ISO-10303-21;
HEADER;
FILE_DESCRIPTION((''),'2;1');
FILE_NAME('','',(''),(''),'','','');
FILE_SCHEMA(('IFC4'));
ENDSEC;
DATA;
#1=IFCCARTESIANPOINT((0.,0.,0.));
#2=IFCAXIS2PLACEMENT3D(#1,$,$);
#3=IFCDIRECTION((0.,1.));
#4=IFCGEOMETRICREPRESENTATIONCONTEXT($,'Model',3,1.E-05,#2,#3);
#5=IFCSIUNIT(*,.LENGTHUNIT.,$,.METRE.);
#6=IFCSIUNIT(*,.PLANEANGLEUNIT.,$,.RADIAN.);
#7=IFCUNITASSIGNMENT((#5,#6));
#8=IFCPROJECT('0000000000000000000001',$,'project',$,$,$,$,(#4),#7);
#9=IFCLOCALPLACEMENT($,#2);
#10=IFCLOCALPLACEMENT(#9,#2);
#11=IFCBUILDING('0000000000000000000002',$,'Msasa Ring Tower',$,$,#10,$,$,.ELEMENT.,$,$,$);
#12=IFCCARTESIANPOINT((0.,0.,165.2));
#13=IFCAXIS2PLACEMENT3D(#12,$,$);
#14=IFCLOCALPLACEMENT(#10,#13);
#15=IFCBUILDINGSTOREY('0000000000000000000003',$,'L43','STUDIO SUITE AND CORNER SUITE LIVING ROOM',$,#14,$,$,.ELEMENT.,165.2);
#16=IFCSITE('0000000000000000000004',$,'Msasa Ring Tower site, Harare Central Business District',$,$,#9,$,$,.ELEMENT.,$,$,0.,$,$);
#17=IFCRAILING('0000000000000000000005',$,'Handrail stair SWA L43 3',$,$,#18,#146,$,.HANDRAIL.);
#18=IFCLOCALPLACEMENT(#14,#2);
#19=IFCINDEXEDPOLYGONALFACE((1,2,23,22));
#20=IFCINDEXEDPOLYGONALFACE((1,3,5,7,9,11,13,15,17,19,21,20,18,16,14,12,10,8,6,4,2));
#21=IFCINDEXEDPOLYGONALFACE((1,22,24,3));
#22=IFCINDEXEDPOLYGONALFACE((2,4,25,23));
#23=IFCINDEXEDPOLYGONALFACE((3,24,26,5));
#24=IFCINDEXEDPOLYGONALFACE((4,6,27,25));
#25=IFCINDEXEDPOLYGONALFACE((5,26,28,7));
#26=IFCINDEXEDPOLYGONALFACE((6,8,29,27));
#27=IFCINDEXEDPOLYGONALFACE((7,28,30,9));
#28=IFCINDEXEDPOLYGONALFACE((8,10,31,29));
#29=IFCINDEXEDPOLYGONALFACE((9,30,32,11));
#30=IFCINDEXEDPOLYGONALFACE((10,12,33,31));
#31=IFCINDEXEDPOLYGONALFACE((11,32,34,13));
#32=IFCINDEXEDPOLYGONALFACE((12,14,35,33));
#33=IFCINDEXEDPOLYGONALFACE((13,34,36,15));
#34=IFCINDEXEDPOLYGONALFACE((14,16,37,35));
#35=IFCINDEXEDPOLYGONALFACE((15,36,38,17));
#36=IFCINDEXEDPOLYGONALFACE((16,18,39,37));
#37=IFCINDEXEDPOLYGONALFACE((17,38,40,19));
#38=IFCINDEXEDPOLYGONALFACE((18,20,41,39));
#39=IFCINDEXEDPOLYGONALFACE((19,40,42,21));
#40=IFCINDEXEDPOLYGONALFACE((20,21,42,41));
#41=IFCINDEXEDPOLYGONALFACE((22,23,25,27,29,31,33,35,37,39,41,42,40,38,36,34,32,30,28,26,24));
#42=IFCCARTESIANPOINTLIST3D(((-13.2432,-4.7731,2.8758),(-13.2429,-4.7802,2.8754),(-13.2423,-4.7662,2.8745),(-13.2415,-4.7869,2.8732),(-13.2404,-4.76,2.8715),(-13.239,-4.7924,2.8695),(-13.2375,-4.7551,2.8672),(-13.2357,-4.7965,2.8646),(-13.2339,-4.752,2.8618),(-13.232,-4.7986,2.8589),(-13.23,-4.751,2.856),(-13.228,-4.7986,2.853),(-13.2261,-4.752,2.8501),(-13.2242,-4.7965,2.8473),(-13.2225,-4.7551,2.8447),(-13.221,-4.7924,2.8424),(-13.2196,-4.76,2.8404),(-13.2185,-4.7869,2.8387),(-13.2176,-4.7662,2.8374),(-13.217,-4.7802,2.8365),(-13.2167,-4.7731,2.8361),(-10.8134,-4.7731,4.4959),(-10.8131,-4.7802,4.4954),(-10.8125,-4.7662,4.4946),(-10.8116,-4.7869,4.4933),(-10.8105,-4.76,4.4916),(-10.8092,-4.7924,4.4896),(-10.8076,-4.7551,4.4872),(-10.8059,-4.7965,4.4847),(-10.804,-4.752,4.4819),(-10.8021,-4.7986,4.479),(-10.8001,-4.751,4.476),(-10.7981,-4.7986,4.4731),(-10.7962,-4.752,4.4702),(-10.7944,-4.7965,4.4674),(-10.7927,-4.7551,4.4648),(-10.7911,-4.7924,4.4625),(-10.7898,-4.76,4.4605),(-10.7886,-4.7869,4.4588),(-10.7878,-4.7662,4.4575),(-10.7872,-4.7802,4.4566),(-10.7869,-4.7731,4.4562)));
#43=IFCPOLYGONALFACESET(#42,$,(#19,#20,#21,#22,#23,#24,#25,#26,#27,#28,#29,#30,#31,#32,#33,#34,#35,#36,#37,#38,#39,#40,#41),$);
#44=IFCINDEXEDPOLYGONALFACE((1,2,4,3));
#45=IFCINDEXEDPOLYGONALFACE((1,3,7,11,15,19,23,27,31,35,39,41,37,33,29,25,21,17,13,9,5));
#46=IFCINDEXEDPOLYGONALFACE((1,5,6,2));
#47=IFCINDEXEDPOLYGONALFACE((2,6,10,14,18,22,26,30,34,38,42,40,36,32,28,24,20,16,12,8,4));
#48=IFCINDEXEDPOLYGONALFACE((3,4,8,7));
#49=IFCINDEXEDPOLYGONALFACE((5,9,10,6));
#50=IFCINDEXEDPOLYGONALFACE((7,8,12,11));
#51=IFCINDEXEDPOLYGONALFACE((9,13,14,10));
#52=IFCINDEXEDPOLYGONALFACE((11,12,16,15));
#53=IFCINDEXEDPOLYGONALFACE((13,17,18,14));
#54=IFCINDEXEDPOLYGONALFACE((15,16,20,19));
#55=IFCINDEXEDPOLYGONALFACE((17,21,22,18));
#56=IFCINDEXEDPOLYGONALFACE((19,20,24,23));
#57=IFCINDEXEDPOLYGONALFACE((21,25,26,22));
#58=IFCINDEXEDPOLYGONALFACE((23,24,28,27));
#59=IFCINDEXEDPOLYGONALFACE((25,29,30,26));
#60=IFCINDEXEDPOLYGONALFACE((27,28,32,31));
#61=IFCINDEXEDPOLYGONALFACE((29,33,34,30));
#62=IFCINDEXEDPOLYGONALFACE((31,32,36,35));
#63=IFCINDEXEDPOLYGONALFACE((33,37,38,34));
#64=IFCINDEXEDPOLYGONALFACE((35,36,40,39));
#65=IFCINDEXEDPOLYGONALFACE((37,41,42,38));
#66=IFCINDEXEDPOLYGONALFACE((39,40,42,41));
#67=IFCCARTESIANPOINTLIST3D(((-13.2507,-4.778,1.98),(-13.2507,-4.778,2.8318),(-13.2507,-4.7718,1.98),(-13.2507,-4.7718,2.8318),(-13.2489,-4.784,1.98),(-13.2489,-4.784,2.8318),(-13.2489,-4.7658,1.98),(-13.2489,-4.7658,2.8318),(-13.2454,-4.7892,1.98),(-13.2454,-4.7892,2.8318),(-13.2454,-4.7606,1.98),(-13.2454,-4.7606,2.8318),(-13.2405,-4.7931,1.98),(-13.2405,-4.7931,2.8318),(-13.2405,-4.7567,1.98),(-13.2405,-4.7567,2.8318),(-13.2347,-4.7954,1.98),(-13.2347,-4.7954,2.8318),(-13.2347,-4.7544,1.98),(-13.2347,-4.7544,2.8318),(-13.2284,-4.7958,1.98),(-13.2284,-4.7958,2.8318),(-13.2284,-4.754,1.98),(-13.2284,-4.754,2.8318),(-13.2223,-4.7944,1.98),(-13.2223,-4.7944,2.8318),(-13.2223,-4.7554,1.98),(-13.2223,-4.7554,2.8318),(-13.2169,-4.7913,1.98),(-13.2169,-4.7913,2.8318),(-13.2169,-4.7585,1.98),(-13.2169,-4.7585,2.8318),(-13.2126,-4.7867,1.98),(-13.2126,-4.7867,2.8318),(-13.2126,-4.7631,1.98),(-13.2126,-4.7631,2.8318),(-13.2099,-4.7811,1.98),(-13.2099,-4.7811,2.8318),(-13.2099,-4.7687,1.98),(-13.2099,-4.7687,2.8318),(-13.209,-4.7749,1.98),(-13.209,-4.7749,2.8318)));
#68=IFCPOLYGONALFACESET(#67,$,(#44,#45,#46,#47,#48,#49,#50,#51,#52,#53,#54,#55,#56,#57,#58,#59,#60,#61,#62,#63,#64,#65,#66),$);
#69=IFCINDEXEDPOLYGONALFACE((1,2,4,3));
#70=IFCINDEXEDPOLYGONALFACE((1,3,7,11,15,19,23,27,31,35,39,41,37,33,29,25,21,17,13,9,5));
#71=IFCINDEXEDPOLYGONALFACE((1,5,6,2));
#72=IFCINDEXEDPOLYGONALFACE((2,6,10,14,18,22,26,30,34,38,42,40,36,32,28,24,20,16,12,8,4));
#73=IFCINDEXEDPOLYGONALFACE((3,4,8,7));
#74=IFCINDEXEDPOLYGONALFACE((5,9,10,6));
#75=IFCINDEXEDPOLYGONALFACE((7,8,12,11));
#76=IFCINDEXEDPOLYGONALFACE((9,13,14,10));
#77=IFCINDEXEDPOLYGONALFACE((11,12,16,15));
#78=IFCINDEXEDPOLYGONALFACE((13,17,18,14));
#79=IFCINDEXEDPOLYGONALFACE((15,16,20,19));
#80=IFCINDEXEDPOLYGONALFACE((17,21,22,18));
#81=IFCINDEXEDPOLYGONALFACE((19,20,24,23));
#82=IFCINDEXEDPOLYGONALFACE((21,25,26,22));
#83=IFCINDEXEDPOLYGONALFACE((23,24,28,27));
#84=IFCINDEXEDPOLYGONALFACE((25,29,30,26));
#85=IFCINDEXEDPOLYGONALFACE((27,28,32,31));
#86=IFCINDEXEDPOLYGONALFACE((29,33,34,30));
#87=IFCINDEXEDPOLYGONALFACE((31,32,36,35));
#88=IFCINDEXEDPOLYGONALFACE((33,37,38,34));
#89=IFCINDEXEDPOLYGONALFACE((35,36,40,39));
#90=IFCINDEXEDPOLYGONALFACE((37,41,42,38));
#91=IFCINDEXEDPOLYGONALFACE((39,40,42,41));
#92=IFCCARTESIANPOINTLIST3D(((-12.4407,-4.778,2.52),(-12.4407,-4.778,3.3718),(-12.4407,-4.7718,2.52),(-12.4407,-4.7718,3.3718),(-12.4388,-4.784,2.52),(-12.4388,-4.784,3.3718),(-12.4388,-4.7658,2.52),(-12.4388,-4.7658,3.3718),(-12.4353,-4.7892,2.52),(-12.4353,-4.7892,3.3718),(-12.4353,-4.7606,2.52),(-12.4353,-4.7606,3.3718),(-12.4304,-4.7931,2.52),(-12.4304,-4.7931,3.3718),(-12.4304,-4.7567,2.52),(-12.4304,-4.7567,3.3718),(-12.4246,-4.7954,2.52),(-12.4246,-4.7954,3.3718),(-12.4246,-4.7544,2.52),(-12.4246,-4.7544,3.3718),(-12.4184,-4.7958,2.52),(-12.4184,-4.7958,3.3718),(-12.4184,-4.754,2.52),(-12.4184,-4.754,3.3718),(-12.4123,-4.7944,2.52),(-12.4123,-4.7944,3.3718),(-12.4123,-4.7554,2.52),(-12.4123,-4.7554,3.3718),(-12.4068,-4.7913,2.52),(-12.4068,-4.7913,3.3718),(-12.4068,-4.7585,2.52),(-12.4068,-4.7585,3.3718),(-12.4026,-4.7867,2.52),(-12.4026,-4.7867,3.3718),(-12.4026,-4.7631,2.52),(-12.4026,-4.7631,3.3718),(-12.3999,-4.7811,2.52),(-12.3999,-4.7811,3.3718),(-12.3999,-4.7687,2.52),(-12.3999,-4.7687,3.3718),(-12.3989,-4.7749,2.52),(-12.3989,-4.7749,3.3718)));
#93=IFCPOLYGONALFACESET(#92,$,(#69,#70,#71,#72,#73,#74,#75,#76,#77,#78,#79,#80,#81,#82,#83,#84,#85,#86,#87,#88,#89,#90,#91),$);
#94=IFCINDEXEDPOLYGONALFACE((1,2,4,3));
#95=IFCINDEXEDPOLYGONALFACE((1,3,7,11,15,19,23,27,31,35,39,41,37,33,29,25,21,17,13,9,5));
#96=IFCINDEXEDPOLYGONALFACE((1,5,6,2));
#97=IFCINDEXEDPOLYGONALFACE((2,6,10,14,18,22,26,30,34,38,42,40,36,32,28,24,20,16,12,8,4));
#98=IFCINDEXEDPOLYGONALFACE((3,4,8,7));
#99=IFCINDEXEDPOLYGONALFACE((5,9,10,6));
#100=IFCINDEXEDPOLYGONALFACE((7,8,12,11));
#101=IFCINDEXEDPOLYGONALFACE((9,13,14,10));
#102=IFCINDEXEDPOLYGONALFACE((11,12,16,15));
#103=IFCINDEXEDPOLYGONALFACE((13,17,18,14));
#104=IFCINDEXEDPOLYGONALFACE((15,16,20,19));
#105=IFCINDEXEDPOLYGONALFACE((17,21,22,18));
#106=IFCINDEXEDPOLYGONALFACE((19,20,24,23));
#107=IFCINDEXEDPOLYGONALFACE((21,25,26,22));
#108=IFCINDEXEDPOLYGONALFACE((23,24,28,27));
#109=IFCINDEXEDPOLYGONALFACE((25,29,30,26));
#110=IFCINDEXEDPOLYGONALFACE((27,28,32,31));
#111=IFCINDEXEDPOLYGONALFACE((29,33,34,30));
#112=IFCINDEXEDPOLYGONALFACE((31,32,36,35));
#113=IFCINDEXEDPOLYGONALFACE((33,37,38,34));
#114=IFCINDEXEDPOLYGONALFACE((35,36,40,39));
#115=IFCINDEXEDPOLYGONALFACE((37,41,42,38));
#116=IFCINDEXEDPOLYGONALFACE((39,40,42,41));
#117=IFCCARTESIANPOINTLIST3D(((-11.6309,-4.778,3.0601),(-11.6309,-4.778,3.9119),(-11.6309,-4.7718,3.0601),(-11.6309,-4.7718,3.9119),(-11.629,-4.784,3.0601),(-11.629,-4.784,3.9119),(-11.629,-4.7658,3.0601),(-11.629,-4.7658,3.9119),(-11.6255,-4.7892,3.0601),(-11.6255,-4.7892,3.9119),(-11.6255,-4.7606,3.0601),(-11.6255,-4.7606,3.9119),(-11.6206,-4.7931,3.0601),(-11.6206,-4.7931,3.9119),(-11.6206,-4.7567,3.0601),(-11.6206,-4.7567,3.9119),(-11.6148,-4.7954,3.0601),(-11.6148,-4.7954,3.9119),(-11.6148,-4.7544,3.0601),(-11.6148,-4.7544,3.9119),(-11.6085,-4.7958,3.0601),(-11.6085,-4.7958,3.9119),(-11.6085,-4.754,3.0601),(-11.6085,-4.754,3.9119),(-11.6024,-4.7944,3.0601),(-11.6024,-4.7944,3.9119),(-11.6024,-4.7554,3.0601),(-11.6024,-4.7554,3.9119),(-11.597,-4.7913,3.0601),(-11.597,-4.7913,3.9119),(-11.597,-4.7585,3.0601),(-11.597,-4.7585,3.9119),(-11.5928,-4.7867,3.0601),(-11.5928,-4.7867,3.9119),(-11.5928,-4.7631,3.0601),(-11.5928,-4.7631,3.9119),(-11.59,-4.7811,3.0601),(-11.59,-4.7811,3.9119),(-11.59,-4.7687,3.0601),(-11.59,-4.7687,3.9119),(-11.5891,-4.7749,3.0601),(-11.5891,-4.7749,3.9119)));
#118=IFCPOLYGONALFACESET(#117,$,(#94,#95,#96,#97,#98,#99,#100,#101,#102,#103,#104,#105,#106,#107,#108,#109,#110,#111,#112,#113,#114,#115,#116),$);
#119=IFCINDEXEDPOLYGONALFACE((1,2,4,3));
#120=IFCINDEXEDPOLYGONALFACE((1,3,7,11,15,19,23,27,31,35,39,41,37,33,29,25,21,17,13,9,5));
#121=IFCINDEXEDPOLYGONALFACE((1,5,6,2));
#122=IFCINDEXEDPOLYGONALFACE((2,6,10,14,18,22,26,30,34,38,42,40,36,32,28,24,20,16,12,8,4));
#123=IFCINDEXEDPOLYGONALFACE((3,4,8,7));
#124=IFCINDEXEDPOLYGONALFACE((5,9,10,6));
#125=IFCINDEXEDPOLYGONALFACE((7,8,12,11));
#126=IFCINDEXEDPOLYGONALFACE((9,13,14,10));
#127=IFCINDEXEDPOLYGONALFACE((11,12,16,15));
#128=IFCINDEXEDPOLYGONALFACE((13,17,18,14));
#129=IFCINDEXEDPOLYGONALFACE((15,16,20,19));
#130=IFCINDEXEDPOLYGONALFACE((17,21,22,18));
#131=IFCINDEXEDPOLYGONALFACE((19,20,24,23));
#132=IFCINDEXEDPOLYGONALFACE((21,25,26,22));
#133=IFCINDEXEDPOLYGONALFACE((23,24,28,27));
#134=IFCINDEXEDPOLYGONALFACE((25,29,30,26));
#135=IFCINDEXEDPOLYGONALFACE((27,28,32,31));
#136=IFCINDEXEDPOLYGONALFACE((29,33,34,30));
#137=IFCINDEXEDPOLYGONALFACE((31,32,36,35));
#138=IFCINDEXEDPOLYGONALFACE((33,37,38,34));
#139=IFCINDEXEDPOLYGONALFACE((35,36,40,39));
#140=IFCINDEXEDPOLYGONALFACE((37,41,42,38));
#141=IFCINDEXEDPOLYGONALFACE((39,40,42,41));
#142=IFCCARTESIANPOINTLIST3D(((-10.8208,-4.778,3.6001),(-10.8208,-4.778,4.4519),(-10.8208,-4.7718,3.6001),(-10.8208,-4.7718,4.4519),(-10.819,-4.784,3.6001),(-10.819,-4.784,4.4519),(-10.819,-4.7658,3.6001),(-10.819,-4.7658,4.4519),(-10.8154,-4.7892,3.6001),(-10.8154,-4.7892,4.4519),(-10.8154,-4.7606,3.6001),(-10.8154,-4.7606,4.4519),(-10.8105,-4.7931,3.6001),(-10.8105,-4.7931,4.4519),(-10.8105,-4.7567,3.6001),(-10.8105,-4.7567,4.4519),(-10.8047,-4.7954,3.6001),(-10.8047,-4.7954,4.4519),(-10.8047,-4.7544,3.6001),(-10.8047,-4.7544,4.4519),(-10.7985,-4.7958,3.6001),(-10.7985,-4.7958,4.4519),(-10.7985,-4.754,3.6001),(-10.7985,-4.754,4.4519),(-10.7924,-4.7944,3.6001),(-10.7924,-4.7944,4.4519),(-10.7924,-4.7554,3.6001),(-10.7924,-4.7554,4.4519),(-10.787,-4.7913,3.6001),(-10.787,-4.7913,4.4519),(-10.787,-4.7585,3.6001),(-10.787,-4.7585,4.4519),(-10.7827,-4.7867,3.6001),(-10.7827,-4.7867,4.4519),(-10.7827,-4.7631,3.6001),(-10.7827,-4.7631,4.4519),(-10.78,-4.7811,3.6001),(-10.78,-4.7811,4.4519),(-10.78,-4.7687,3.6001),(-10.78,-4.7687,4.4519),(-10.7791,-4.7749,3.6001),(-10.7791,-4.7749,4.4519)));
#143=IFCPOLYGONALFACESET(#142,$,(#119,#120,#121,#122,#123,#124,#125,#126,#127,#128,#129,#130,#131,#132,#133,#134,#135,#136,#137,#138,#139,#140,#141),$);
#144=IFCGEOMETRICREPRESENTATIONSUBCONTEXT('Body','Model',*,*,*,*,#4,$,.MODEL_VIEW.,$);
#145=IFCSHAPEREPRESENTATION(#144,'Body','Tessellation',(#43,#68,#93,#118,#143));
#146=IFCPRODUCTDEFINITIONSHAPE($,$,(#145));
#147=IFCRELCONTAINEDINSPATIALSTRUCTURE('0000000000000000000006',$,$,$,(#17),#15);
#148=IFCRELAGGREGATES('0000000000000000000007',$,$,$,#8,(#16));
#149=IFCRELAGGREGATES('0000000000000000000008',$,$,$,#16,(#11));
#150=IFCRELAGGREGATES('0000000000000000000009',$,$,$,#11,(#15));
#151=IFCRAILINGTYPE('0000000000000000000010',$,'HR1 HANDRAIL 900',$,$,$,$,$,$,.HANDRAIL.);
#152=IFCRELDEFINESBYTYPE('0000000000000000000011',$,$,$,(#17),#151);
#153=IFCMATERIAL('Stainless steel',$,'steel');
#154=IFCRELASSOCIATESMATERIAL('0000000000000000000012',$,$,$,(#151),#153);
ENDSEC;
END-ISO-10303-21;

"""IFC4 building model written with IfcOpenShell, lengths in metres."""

from ifc_helpers import new_model, si_unit, direction, frame, origin, origin_2d, place, context, subcontext, project, spatial, circle, extrude, material, type_object, element, save


model = new_model("IFC4")

# Units and contexts
model_context = context("Model", 3, precision=1e-05, world=origin(), true_north=direction((0.0, 1.0)))
body_context = subcontext(model_context, "Body", "Model", "MODEL_VIEW")
ifc_project = project(units=[si_unit("LENGTHUNIT", "METRE"), si_unit("PLANEANGLEUNIT", "RADIAN")], contexts=[model_context])

# Site, building, storey
site_placement = place(None, origin())
site = spatial("IfcSite", under=ifc_project, at=site_placement, Name="Msasa Ring Tower site, Harare Central Business District", CompositionType="ELEMENT", RefElevation=0.0)
building_placement = place(site_placement, origin())
building = spatial("IfcBuilding", under=site, at=building_placement, Name="Msasa Ring Tower", CompositionType="ELEMENT")
storey_placement = place(building_placement, frame((0.0, 0.0, 165.2)))
storey = spatial("IfcBuildingStorey", under=building, at=storey_placement, Name="L43", Description="STUDIO SUITE AND CORNER SUITE LIVING ROOM", CompositionType="ELEMENT", Elevation=165.2)

# Railing
ifc_material_1 = material(Name="Stainless steel", Category="steel")
railing_type = type_object("IfcRailingType", Name="HR1 HANDRAIL 900", PredefinedType="HANDRAIL", material=ifc_material_1)
for number, where, name in (
    (1, (-13.23, -4.7749, 1.98), "Handrail stair SWA L43 3"),
):
    element("IfcRailing", number, at=place(storey_placement, frame(where)), inside=storey, type_object=railing_type, Name=name, PredefinedType="HANDRAIL", context=body_context, shape_type="SweptSolid", body=[
        extrude(circle(Radius=0.0239, at=origin_2d()), frame((0.0, 0.0, 0.876), z_axis=(0.832025, 0.0, 0.554739), x_axis=(0.0, 1.0, 0.0)), (0.0, 0.0, 1.0), 2.9204),
        extrude(circle(Radius=0.021, at=origin_2d()), origin(), (0.0, 0.0, 1.0), 0.8518),
        extrude(circle(Radius=0.021, at=origin_2d()), frame((0.8101, 0.0, 0.54)), (0.0, 0.0, 1.0), 0.8518),
        extrude(circle(Radius=0.021, at=origin_2d()), frame((1.6199, 0.0, 1.0801)), (0.0, 0.0, 1.0), 0.8518),
        extrude(circle(Radius=0.021, at=origin_2d()), frame((2.4299, 0.0, 1.6201)), (0.0, 0.0, 1.0), 0.8518),
    ])

save(model, "model.ifc")
